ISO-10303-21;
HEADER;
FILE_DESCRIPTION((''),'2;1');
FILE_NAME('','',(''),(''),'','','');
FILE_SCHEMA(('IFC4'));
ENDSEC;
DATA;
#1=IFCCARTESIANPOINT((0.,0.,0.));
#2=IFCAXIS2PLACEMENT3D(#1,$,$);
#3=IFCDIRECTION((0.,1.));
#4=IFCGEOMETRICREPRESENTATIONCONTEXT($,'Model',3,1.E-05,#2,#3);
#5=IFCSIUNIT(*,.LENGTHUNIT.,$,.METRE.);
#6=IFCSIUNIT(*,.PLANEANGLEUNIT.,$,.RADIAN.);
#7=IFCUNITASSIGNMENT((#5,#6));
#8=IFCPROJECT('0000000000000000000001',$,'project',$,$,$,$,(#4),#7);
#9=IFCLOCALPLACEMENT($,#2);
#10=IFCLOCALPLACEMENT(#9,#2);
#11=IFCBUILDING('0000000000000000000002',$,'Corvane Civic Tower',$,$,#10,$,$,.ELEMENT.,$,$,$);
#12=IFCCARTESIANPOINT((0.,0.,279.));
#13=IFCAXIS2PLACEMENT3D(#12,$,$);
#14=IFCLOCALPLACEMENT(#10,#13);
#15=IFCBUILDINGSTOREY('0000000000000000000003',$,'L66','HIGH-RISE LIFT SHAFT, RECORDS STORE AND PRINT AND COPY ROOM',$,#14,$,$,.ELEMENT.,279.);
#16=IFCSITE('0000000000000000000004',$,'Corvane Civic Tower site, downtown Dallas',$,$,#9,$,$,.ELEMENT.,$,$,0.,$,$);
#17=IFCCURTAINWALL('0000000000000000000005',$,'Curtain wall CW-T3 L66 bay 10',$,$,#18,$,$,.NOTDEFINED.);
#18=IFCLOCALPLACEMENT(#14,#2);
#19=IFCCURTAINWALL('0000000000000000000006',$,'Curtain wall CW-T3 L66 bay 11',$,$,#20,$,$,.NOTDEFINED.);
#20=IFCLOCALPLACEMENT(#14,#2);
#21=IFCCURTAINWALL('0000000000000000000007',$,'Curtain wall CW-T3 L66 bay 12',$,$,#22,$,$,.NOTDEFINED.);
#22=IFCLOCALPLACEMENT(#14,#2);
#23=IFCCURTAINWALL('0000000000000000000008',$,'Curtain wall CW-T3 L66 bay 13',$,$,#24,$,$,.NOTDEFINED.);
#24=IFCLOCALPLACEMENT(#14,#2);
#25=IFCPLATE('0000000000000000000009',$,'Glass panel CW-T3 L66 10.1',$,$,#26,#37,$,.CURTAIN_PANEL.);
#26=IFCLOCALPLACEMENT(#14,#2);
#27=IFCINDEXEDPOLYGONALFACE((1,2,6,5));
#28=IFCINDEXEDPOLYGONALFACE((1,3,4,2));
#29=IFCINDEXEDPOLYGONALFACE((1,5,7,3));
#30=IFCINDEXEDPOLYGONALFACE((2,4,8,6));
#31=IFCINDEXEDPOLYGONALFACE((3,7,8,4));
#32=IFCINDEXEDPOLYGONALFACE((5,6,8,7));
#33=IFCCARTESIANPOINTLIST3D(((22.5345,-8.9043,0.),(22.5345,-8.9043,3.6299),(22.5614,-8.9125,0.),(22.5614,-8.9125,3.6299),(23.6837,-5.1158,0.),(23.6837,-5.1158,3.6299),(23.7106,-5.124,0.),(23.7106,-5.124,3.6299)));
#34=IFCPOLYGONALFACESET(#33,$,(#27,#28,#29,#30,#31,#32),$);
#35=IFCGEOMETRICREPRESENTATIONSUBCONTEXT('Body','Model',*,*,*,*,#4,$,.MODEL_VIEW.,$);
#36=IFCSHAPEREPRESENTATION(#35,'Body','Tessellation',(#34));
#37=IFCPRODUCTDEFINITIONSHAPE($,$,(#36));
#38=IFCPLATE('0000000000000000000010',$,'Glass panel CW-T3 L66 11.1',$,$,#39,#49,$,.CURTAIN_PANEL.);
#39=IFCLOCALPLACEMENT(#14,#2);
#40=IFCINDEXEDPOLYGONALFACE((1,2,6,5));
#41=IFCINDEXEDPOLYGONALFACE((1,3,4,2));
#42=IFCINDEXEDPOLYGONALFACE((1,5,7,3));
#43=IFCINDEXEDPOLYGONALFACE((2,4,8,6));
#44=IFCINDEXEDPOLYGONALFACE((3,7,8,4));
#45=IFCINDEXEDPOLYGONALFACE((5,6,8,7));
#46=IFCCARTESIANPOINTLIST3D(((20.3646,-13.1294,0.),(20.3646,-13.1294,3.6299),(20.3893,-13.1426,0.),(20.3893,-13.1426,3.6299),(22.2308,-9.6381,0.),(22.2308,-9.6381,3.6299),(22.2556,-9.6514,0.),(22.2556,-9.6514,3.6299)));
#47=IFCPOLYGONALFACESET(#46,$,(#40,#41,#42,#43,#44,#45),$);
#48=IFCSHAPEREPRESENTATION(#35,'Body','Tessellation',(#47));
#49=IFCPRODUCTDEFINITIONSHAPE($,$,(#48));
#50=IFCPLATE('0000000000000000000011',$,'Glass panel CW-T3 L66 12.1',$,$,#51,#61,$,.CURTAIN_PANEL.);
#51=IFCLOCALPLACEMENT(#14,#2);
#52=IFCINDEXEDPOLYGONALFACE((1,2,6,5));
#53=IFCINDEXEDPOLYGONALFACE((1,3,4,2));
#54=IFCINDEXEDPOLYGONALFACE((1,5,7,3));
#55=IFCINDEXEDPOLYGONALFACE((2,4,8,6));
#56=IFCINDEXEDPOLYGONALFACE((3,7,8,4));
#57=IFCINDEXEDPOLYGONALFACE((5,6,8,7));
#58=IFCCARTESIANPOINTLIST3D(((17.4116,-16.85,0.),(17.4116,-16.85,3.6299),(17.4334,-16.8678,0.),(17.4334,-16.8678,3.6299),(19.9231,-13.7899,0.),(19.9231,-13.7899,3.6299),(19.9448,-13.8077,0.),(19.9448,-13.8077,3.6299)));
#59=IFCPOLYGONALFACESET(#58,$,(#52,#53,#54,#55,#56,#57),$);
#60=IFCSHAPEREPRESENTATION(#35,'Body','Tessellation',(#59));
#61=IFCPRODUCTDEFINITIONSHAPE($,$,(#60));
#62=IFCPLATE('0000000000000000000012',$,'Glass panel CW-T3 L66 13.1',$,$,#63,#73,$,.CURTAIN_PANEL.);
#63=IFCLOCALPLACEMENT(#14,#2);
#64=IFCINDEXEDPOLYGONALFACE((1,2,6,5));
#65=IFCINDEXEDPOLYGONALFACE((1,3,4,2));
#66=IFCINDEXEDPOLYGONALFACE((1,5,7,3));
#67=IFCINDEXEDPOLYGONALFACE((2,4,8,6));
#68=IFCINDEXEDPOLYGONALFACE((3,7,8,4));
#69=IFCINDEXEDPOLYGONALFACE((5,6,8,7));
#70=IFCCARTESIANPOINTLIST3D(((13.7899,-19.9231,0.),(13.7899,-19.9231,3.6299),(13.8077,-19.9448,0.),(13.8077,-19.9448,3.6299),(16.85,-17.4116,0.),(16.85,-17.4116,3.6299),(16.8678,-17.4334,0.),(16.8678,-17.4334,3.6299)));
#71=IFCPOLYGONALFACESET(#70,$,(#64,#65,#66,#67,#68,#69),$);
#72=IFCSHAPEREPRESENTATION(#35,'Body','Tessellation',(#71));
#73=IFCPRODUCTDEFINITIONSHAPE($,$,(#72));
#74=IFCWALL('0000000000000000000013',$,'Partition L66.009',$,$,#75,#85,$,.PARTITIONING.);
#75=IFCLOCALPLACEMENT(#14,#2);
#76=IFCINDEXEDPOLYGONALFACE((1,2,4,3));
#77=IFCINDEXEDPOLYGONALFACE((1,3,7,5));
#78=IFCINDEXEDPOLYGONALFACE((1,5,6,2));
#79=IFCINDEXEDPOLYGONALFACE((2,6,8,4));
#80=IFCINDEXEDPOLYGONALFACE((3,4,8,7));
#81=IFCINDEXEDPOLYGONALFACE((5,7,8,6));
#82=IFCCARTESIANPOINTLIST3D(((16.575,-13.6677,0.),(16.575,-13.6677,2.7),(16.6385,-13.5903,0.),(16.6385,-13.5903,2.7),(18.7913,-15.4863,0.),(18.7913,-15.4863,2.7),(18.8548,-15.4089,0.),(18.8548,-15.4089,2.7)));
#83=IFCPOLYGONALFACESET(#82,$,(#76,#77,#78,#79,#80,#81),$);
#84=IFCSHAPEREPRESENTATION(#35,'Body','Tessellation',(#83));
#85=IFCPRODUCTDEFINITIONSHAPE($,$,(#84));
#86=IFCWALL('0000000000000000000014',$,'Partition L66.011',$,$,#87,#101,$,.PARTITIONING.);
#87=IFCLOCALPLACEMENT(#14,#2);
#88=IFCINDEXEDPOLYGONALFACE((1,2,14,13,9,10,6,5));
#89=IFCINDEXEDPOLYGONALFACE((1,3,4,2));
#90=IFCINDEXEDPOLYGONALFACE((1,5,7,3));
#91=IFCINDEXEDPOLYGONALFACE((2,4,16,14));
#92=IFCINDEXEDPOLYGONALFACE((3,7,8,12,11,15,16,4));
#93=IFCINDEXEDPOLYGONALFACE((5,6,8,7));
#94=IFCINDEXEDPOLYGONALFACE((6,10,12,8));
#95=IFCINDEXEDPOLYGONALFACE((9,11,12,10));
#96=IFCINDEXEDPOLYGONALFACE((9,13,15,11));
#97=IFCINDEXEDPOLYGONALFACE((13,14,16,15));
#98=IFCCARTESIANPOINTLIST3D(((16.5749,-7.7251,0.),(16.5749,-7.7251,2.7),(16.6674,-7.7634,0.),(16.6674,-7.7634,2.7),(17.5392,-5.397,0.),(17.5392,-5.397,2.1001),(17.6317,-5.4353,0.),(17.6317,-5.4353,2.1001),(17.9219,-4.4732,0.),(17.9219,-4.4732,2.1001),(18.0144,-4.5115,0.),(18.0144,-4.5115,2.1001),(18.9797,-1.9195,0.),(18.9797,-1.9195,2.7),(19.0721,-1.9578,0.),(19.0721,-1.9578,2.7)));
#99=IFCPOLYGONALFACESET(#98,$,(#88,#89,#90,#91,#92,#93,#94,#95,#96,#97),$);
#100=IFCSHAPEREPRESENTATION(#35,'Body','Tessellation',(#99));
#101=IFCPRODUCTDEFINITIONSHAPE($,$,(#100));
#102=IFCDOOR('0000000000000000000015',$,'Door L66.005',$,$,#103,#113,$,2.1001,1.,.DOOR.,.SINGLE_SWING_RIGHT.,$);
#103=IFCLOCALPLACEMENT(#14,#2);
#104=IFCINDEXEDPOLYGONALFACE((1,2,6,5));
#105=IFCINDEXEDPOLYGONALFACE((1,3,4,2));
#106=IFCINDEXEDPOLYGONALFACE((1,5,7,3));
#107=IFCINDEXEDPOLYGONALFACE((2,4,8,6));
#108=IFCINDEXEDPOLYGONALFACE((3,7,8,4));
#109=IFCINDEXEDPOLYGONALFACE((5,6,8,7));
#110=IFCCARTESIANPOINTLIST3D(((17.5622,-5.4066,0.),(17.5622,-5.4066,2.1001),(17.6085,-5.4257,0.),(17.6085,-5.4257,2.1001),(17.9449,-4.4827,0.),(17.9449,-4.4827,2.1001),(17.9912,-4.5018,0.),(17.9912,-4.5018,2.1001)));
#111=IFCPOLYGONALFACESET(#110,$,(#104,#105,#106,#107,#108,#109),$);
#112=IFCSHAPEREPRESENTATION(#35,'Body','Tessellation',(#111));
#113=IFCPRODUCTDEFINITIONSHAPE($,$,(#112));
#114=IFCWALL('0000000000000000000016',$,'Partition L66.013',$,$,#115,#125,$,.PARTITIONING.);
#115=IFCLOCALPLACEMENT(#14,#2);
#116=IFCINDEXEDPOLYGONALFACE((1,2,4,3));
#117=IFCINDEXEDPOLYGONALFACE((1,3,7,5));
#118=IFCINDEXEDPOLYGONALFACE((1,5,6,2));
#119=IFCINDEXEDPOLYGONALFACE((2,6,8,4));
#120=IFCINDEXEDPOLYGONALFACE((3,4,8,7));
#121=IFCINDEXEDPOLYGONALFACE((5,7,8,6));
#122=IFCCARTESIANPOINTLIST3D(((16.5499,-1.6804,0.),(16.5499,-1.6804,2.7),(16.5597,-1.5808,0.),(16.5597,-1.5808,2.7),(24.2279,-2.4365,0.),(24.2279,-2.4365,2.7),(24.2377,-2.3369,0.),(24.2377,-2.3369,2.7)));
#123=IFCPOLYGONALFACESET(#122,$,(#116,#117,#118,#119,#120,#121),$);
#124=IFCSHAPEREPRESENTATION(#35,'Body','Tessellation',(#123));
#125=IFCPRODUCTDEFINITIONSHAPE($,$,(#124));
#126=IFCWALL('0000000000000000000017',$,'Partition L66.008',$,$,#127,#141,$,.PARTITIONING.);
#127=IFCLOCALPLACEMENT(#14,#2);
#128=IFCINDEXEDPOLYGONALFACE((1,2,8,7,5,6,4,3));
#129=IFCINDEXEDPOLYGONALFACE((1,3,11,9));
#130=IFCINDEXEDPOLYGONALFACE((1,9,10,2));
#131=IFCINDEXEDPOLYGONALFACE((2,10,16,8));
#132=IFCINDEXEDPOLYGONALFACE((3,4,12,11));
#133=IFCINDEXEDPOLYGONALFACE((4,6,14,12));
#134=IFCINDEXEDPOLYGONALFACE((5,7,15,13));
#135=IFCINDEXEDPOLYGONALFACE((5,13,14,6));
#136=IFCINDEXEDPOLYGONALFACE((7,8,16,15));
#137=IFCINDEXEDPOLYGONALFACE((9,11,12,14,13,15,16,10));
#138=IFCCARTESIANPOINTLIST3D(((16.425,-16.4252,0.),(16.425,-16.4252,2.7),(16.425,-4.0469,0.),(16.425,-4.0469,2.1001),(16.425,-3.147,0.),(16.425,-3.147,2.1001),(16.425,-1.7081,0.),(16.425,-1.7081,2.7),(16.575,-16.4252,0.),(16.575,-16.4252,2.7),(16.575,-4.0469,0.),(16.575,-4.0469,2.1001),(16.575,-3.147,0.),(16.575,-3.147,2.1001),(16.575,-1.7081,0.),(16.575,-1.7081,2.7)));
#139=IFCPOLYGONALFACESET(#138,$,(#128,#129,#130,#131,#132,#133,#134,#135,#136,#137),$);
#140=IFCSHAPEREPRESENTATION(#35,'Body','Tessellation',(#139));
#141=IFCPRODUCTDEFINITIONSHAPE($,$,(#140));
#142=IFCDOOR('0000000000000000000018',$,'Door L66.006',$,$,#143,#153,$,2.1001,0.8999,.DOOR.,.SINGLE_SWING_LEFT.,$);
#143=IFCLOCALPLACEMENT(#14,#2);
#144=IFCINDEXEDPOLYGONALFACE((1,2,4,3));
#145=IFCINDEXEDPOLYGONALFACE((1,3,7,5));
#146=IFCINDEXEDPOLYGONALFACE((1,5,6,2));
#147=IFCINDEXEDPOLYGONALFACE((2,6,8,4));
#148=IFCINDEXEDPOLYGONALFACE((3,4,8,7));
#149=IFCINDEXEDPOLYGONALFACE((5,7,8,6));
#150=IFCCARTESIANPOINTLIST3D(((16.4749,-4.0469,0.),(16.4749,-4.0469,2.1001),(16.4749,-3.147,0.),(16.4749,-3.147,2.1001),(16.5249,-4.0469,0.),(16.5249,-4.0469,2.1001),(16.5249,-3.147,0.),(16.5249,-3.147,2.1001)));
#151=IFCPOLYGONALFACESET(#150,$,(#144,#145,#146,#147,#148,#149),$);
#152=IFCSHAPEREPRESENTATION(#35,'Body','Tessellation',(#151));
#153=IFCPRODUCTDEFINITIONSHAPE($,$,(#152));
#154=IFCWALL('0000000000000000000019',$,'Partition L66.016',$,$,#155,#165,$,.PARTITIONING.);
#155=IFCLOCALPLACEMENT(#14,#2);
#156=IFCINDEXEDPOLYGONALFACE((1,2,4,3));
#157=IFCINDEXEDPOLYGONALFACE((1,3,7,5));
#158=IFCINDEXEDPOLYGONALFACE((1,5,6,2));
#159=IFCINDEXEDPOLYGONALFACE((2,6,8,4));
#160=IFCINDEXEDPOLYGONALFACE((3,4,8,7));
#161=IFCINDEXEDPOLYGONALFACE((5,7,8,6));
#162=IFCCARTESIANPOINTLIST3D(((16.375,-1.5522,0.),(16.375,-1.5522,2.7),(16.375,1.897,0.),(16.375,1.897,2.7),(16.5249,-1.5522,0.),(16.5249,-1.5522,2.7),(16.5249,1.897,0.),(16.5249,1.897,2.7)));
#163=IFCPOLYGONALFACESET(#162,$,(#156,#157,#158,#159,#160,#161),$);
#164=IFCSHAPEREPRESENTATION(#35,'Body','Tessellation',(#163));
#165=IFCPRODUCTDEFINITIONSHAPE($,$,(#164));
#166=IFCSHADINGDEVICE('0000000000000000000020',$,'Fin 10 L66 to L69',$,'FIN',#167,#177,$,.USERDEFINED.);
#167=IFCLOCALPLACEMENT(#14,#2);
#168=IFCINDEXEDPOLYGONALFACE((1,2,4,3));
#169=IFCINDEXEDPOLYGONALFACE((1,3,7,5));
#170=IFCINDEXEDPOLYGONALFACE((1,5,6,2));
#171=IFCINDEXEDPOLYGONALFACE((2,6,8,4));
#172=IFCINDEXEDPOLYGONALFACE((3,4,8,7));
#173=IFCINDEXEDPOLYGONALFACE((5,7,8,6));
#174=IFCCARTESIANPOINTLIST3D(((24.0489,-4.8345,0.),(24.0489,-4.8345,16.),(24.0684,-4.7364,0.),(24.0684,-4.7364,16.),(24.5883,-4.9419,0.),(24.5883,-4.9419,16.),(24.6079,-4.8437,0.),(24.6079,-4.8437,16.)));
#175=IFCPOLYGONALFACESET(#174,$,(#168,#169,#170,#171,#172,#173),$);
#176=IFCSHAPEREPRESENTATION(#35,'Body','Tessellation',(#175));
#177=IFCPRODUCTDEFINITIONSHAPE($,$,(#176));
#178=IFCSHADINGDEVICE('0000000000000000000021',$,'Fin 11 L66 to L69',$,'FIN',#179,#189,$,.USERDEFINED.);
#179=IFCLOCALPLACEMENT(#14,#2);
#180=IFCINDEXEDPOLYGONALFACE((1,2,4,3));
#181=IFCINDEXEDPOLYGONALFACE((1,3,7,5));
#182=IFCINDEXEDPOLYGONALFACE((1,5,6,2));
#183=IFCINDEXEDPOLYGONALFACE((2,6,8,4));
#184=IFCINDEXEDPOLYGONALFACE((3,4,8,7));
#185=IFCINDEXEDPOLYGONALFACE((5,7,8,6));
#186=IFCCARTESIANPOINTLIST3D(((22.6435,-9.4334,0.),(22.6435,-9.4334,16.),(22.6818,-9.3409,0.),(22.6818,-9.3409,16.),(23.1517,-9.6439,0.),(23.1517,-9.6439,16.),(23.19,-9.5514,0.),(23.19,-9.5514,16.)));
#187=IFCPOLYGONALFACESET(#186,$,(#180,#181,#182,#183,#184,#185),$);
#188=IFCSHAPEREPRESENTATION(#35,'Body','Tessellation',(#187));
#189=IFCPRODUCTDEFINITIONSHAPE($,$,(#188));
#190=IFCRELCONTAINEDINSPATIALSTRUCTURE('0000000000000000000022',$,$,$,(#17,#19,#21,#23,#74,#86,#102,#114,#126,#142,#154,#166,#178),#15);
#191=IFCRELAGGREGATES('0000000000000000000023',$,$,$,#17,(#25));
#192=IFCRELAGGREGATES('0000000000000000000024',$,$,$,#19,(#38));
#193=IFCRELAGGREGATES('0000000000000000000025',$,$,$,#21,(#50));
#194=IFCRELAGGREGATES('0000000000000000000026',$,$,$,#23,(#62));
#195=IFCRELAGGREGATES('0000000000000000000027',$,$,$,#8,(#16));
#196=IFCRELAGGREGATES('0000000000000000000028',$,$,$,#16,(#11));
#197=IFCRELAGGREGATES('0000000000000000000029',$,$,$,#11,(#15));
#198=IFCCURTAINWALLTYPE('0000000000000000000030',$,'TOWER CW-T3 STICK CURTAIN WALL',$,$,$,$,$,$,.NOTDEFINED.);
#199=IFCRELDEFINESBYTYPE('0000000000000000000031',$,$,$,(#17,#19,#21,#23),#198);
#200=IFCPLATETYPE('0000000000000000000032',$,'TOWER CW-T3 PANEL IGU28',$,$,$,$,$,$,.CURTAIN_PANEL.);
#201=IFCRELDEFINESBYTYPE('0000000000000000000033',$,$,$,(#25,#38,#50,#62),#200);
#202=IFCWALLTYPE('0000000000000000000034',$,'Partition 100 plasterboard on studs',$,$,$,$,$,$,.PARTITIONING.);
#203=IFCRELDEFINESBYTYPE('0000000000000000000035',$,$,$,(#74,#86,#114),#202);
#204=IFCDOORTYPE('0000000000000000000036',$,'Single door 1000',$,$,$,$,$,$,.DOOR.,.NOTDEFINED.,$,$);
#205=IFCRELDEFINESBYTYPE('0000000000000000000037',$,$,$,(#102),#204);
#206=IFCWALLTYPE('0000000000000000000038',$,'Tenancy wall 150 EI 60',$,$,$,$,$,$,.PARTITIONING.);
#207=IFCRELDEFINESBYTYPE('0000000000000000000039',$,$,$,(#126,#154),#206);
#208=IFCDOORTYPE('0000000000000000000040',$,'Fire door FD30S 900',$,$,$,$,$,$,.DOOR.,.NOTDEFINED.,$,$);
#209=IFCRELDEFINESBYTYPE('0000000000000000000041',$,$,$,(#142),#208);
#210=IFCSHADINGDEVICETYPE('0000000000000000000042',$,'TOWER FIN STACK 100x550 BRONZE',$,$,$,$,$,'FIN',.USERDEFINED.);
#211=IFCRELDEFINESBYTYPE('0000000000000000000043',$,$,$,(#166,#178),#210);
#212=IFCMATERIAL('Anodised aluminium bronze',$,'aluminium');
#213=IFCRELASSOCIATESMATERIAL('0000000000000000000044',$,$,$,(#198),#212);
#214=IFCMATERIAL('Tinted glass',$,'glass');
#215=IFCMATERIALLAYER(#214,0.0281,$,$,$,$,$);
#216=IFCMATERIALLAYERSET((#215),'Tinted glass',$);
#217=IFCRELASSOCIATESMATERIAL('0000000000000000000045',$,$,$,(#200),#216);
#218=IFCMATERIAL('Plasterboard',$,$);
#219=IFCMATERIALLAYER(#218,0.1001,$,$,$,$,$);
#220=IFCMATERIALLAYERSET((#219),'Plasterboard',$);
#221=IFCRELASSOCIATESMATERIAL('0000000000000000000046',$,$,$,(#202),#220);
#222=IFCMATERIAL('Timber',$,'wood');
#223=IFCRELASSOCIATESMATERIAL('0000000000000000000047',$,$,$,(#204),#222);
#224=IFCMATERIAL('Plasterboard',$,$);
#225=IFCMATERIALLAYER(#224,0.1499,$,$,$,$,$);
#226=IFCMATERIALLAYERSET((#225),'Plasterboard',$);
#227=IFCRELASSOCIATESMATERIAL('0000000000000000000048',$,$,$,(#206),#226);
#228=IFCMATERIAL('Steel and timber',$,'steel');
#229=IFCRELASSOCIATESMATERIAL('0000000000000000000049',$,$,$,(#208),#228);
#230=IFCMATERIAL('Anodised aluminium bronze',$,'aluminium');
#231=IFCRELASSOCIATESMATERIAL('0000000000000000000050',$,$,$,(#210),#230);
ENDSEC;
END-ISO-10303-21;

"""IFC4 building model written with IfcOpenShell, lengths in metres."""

from ifc_helpers import new_model, si_unit, direction, frame, frame_2d, origin, origin_2d, place, context, subcontext, project, spatial, rectangle, extrude, material, layer, layer_set, material_profile, profile_set, type_object, element, fill, aggregate, save


model = new_model("IFC4")

# Units and contexts
model_context = context("Model", 3, precision=1e-05, world=origin(), true_north=direction((0.0, 1.0)))
body_context = subcontext(model_context, "Body", "Model", "MODEL_VIEW")
ifc_project = project(units=[si_unit("LENGTHUNIT", "METRE"), si_unit("PLANEANGLEUNIT", "RADIAN")], contexts=[model_context])

# Site, building, storey
site_placement = place(None, origin())
site = spatial("IfcSite", under=ifc_project, at=site_placement, Name="Corvane Civic Tower site, downtown Dallas", CompositionType="ELEMENT", RefElevation=0.0)
building_placement = place(site_placement, origin())
building = spatial("IfcBuilding", under=site, at=building_placement, Name="Corvane Civic Tower", CompositionType="ELEMENT")
storey_placement = place(building_placement, frame((0.0, 0.0, 279.0)))
storey = spatial("IfcBuildingStorey", under=building, at=storey_placement, Name="L66", Description="HIGH-RISE LIFT SHAFT, RECORDS STORE AND PRINT AND COPY ROOM", CompositionType="ELEMENT", Elevation=279.0)

# Curtain walls
ifc_material_1 = material(Name="Anodised aluminium bronze", Category="aluminium")
curtain_wall_type = type_object("IfcCurtainWallType", Name="TOWER CW-T3 STICK CURTAIN WALL", PredefinedType="NOTDEFINED", material=ifc_material_1)
curtain_wall_1_placement = place(storey_placement, origin())
curtain_wall_1 = element("IfcCurtainWall", 1, at=curtain_wall_1_placement, inside=storey, type_object=curtain_wall_type, Name="Curtain wall CW-T3 L66 bay 10", PredefinedType="NOTDEFINED")
curtain_wall_2_placement = place(storey_placement, origin())
curtain_wall_2 = element("IfcCurtainWall", 2, at=curtain_wall_2_placement, inside=storey, type_object=curtain_wall_type, Name="Curtain wall CW-T3 L66 bay 11", PredefinedType="NOTDEFINED")
curtain_wall_3_placement = place(storey_placement, origin())
curtain_wall_3 = element("IfcCurtainWall", 3, at=curtain_wall_3_placement, inside=storey, type_object=curtain_wall_type, Name="Curtain wall CW-T3 L66 bay 12", PredefinedType="NOTDEFINED")
curtain_wall_4_placement = place(storey_placement, origin())
curtain_wall_4 = element("IfcCurtainWall", 4, at=curtain_wall_4_placement, inside=storey, type_object=curtain_wall_type, Name="Curtain wall CW-T3 L66 bay 13", PredefinedType="NOTDEFINED")

# Plates
ifc_material_2 = material(Name="Tinted glass", Category="glass")
ifc_layer_1 = layer(ifc_material_2, 0.0281)
ifc_layer_set_1 = layer_set([ifc_layer_1], Name="Tinted glass")
plate_type = type_object("IfcPlateType", Name="TOWER CW-T3 PANEL IGU28", PredefinedType="CURTAIN_PANEL", material=ifc_layer_set_1)
plate_1_placement = place(storey_placement, frame((23.1226, -7.0142, 0.0), z_axis=(0.0, 0.0, 1.0), x_axis=(-0.290274, -0.956944, 0.0)))
plate_1 = element("IfcPlate", 5, at=plate_1_placement, type_object=plate_type, Name="Glass panel CW-T3 L66 10.1", PredefinedType="CURTAIN_PANEL", context=body_context, shape_type="SweptSolid", body=[
    extrude(rectangle(XDim=3.959, YDim=0.0281, at=origin_2d()), origin(), (0.0, 0.0, 1.0), 3.6299),
])
aggregate(curtain_wall_1, [plate_1])
plate_2_placement = place(storey_placement, frame((21.3101, -11.3904, 0.0), z_axis=(0.0, 0.0, 1.0), x_axis=(-0.471421, -0.881908, 0.0)))
plate_2 = element("IfcPlate", 6, at=plate_2_placement, type_object=plate_type, Name="Glass panel CW-T3 L66 11.1", PredefinedType="CURTAIN_PANEL", context=body_context, shape_type="SweptSolid", body=[
    extrude(rectangle(XDim=3.9587, YDim=0.0281, at=origin_2d()), origin(), (0.0, 0.0, 1.0), 3.6299),
])
aggregate(curtain_wall_2, [plate_2])
plate_3_placement = place(storey_placement, frame((18.6782, -15.3289, 0.0), z_axis=(0.0, 0.0, 1.0), x_axis=(-0.634405, -0.773001, 0.0)))
plate_3 = element("IfcPlate", 7, at=plate_3_placement, type_object=plate_type, Name="Glass panel CW-T3 L66 12.1", PredefinedType="CURTAIN_PANEL", context=body_context, shape_type="SweptSolid", body=[
    extrude(rectangle(XDim=3.9587, YDim=0.0281, at=origin_2d()), origin(), (0.0, 0.0, 1.0), 3.6299),
])
aggregate(curtain_wall_3, [plate_3])
plate_4_placement = place(storey_placement, frame((15.3289, -18.6782, 0.0), z_axis=(0.0, 0.0, 1.0), x_axis=(-0.773001, -0.634405, 0.0)))
plate_4 = element("IfcPlate", 8, at=plate_4_placement, type_object=plate_type, Name="Glass panel CW-T3 L66 13.1", PredefinedType="CURTAIN_PANEL", context=body_context, shape_type="SweptSolid", body=[
    extrude(rectangle(XDim=3.9587, YDim=0.0281, at=origin_2d()), origin(), (0.0, 0.0, 1.0), 3.6299),
])
aggregate(curtain_wall_4, [plate_4])

# Wall
ifc_material_3 = material(Name="Plasterboard")
ifc_layer_2 = layer(ifc_material_3, 0.1001)
ifc_layer_set_2 = layer_set([ifc_layer_2], Name="Plasterboard")
wall_type_1 = type_object("IfcWallType", Name="Partition 100 plasterboard on studs", PredefinedType="PARTITIONING", material=ifc_layer_set_2)
wall_1_placement = place(storey_placement, frame((16.6067, -13.6289, 0.0), z_axis=(0.0, 0.0, 1.0), x_axis=(0.773057, -0.634336, 0.0)))
element("IfcWall", 9, at=wall_1_placement, inside=storey, type_object=wall_type_1, Name="Partition L66.009", PredefinedType="PARTITIONING", context=body_context, shape_type="SweptSolid", body=[
    extrude(rectangle(XDim=2.8669, YDim=0.1001, at=frame_2d((1.4336, 0.0))), origin(), (0.0, 0.0, 1.0), 2.7),
])

# Wall, opening, door
wall_2_placement = place(storey_placement, frame((16.6211, -7.7444, 0.0), z_axis=(0.0, 0.0, 1.0), x_axis=(0.382683, 0.92388, 0.0)))
wall_2 = element("IfcWall", 10, at=wall_2_placement, inside=storey, type_object=wall_type_1, Name="Partition L66.011", PredefinedType="PARTITIONING", context=body_context, shape_type="SweptSolid", body=[
    extrude(rectangle(XDim=6.2839, YDim=0.1001, at=frame_2d((3.1421, 0.0))), origin(), (0.0, 0.0, 1.0), 2.7),
])
opening_1_placement = place(wall_2_placement, frame((2.52, 0.0, 0.0)))
opening_1 = element("IfcOpeningElement", 11, at=opening_1_placement, cuts=wall_2, PredefinedType="OPENING", context=body_context, shape_type="SweptSolid", body=[
    extrude(rectangle(XDim=1.0, YDim=2.1001, at=frame_2d((0.5, 1.05))), frame((0.0, 0.0601, 0.0), z_axis=(0.0, -1.0, 0.0), x_axis=(1.0, 0.0, 0.0)), (0.0, 0.0, 1.0), 0.1201),
])
ifc_material_4 = material(Name="Timber", Category="wood")
door_type_1 = type_object("IfcDoorType", Name="Single door 1000", OperationType="NOTDEFINED", PredefinedType="DOOR", material=ifc_material_4)
door_1_placement = place(opening_1_placement, frame((1.0, 0.0, 0.0), z_axis=(0.0, 0.0, 1.0), x_axis=(-1.0, 0.0, 0.0)))
door_1 = element("IfcDoor", 12, at=door_1_placement, inside=storey, type_object=door_type_1, Name="Door L66.005", OperationType="SINGLE_SWING_RIGHT", OverallHeight=2.1001, OverallWidth=1.0, PredefinedType="DOOR", context=body_context, shape_type="SweptSolid", body=[
    extrude(rectangle(XDim=1.0, YDim=2.1001, at=frame_2d((0.5, 1.05))), frame((0.0, 0.0249, 0.0), z_axis=(0.0, -1.0, 0.0), x_axis=(1.0, 0.0, 0.0)), (0.0, 0.0, 1.0), 0.05),
])
fill(opening_1, door_1)

# Wall
wall_3_placement = place(storey_placement, frame((16.5549, -1.6306, 0.0), z_axis=(0.0, 0.0, 1.0), x_axis=(0.995186, -0.098003, 0.0)))
element("IfcWall", 13, at=wall_3_placement, inside=storey, type_object=wall_type_1, Name="Partition L66.013", PredefinedType="PARTITIONING", context=body_context, shape_type="SweptSolid", body=[
    extrude(rectangle(XDim=7.7151, YDim=0.1001, at=frame_2d((3.8574, 0.0))), origin(), (0.0, 0.0, 1.0), 2.7),
])

# Wall, opening, door
ifc_material_5 = material(Name="Plasterboard")
ifc_layer_3 = layer(ifc_material_5, 0.1499)
ifc_layer_set_3 = layer_set([ifc_layer_3], Name="Plasterboard")
wall_type_2 = type_object("IfcWallType", Name="Tenancy wall 150 EI 60", PredefinedType="PARTITIONING", material=ifc_layer_set_3)
wall_4_placement = place(storey_placement, frame((16.5, -16.425, 0.0), z_axis=(0.0, 0.0, 1.0), x_axis=(0.0, 1.0, 0.0)))
wall_4 = element("IfcWall", 14, at=wall_4_placement, inside=storey, type_object=wall_type_2, Name="Partition L66.008", PredefinedType="PARTITIONING", context=body_context, shape_type="SweptSolid", body=[
    extrude(rectangle(XDim=14.717, YDim=0.1499, at=frame_2d((7.3584, 0.0))), origin(), (0.0, 0.0, 1.0), 2.7),
])
opening_2_placement = place(wall_4_placement, frame((12.3782, 0.0, 0.0)))
opening_2 = element("IfcOpeningElement", 15, at=opening_2_placement, cuts=wall_4, PredefinedType="OPENING", context=body_context, shape_type="SweptSolid", body=[
    extrude(rectangle(XDim=0.8999, YDim=2.1001, at=frame_2d((0.45, 1.05))), frame((0.0, 0.085, 0.0), z_axis=(0.0, -1.0, 0.0), x_axis=(1.0, 0.0, 0.0)), (0.0, 0.0, 1.0), 0.1699),
])
ifc_material_6 = material(Name="Steel and timber", Category="steel")
door_type_2 = type_object("IfcDoorType", Name="Fire door FD30S 900", OperationType="NOTDEFINED", PredefinedType="DOOR", material=ifc_material_6)
door_2_placement = place(opening_2_placement, frame((0.8999, 0.0, 0.0), z_axis=(0.0, 0.0, 1.0), x_axis=(-1.0, 0.0, 0.0)))
door_2 = element("IfcDoor", 16, at=door_2_placement, inside=storey, type_object=door_type_2, Name="Door L66.006", OperationType="SINGLE_SWING_LEFT", OverallHeight=2.1001, OverallWidth=0.8999, PredefinedType="DOOR", context=body_context, shape_type="SweptSolid", body=[
    extrude(rectangle(XDim=0.8999, YDim=2.1001, at=frame_2d((0.45, 1.05))), frame((0.0, 0.0249, 0.0), z_axis=(0.0, -1.0, 0.0), x_axis=(1.0, 0.0, 0.0)), (0.0, 0.0, 1.0), 0.05),
])
fill(opening_2, door_2)

# Wall
wall_5_placement = place(storey_placement, frame((16.45, -1.5522, 0.0), z_axis=(0.0, 0.0, 1.0), x_axis=(0.0, 1.0, 0.0)))
element("IfcWall", 17, at=wall_5_placement, inside=storey, type_object=wall_type_2, Name="Partition L66.016", PredefinedType="PARTITIONING", context=body_context, shape_type="SweptSolid", body=[
    extrude(rectangle(XDim=3.4492, YDim=0.1499, at=frame_2d((1.7246, 0.0))), origin(), (0.0, 0.0, 1.0), 2.7),
])

# Shading devices
ifc_material_7 = material(Name="Anodised aluminium bronze", Category="aluminium")
ifc_material_profile_1 = material_profile(ifc_material_7, rectangle(XDim=0.1001, YDim=0.55, at=origin_2d()), Name="TOWER FIN STACK 100x550 BRONZE")
ifc_profile_set_1 = profile_set([ifc_material_profile_1], Name="Anodised aluminium bronze")
shading_device_type = type_object("IfcShadingDeviceType", Name="TOWER FIN STACK 100x550 BRONZE", ElementType="FIN", PredefinedType="USERDEFINED", material=ifc_profile_set_1)
for number, where, z_axis, x_axis, name in (
    (18, (24.3284, -4.8391, 0.0), (0.0, 0.0, 1.0), (-0.19509, -0.980785, 0.0), "Fin 10 L66 to L69"),
    (19, (22.9167, -9.4924, 0.0), (0.0, 0.0, 1.0), (-0.382683, -0.92388, 0.0), "Fin 11 L66 to L69"),
):
    element("IfcShadingDevice", number, at=place(storey_placement, frame(where, z_axis=z_axis, x_axis=x_axis)), inside=storey, type_object=shading_device_type, Name=name, ObjectType="FIN", PredefinedType="USERDEFINED", context=body_context, shape_type="SweptSolid", body=[
        extrude(rectangle(XDim=0.1001, YDim=0.55, at=origin_2d()), origin(), (0.0, 0.0, 1.0), 16.0),
    ])

save(model, "model.ifc")
